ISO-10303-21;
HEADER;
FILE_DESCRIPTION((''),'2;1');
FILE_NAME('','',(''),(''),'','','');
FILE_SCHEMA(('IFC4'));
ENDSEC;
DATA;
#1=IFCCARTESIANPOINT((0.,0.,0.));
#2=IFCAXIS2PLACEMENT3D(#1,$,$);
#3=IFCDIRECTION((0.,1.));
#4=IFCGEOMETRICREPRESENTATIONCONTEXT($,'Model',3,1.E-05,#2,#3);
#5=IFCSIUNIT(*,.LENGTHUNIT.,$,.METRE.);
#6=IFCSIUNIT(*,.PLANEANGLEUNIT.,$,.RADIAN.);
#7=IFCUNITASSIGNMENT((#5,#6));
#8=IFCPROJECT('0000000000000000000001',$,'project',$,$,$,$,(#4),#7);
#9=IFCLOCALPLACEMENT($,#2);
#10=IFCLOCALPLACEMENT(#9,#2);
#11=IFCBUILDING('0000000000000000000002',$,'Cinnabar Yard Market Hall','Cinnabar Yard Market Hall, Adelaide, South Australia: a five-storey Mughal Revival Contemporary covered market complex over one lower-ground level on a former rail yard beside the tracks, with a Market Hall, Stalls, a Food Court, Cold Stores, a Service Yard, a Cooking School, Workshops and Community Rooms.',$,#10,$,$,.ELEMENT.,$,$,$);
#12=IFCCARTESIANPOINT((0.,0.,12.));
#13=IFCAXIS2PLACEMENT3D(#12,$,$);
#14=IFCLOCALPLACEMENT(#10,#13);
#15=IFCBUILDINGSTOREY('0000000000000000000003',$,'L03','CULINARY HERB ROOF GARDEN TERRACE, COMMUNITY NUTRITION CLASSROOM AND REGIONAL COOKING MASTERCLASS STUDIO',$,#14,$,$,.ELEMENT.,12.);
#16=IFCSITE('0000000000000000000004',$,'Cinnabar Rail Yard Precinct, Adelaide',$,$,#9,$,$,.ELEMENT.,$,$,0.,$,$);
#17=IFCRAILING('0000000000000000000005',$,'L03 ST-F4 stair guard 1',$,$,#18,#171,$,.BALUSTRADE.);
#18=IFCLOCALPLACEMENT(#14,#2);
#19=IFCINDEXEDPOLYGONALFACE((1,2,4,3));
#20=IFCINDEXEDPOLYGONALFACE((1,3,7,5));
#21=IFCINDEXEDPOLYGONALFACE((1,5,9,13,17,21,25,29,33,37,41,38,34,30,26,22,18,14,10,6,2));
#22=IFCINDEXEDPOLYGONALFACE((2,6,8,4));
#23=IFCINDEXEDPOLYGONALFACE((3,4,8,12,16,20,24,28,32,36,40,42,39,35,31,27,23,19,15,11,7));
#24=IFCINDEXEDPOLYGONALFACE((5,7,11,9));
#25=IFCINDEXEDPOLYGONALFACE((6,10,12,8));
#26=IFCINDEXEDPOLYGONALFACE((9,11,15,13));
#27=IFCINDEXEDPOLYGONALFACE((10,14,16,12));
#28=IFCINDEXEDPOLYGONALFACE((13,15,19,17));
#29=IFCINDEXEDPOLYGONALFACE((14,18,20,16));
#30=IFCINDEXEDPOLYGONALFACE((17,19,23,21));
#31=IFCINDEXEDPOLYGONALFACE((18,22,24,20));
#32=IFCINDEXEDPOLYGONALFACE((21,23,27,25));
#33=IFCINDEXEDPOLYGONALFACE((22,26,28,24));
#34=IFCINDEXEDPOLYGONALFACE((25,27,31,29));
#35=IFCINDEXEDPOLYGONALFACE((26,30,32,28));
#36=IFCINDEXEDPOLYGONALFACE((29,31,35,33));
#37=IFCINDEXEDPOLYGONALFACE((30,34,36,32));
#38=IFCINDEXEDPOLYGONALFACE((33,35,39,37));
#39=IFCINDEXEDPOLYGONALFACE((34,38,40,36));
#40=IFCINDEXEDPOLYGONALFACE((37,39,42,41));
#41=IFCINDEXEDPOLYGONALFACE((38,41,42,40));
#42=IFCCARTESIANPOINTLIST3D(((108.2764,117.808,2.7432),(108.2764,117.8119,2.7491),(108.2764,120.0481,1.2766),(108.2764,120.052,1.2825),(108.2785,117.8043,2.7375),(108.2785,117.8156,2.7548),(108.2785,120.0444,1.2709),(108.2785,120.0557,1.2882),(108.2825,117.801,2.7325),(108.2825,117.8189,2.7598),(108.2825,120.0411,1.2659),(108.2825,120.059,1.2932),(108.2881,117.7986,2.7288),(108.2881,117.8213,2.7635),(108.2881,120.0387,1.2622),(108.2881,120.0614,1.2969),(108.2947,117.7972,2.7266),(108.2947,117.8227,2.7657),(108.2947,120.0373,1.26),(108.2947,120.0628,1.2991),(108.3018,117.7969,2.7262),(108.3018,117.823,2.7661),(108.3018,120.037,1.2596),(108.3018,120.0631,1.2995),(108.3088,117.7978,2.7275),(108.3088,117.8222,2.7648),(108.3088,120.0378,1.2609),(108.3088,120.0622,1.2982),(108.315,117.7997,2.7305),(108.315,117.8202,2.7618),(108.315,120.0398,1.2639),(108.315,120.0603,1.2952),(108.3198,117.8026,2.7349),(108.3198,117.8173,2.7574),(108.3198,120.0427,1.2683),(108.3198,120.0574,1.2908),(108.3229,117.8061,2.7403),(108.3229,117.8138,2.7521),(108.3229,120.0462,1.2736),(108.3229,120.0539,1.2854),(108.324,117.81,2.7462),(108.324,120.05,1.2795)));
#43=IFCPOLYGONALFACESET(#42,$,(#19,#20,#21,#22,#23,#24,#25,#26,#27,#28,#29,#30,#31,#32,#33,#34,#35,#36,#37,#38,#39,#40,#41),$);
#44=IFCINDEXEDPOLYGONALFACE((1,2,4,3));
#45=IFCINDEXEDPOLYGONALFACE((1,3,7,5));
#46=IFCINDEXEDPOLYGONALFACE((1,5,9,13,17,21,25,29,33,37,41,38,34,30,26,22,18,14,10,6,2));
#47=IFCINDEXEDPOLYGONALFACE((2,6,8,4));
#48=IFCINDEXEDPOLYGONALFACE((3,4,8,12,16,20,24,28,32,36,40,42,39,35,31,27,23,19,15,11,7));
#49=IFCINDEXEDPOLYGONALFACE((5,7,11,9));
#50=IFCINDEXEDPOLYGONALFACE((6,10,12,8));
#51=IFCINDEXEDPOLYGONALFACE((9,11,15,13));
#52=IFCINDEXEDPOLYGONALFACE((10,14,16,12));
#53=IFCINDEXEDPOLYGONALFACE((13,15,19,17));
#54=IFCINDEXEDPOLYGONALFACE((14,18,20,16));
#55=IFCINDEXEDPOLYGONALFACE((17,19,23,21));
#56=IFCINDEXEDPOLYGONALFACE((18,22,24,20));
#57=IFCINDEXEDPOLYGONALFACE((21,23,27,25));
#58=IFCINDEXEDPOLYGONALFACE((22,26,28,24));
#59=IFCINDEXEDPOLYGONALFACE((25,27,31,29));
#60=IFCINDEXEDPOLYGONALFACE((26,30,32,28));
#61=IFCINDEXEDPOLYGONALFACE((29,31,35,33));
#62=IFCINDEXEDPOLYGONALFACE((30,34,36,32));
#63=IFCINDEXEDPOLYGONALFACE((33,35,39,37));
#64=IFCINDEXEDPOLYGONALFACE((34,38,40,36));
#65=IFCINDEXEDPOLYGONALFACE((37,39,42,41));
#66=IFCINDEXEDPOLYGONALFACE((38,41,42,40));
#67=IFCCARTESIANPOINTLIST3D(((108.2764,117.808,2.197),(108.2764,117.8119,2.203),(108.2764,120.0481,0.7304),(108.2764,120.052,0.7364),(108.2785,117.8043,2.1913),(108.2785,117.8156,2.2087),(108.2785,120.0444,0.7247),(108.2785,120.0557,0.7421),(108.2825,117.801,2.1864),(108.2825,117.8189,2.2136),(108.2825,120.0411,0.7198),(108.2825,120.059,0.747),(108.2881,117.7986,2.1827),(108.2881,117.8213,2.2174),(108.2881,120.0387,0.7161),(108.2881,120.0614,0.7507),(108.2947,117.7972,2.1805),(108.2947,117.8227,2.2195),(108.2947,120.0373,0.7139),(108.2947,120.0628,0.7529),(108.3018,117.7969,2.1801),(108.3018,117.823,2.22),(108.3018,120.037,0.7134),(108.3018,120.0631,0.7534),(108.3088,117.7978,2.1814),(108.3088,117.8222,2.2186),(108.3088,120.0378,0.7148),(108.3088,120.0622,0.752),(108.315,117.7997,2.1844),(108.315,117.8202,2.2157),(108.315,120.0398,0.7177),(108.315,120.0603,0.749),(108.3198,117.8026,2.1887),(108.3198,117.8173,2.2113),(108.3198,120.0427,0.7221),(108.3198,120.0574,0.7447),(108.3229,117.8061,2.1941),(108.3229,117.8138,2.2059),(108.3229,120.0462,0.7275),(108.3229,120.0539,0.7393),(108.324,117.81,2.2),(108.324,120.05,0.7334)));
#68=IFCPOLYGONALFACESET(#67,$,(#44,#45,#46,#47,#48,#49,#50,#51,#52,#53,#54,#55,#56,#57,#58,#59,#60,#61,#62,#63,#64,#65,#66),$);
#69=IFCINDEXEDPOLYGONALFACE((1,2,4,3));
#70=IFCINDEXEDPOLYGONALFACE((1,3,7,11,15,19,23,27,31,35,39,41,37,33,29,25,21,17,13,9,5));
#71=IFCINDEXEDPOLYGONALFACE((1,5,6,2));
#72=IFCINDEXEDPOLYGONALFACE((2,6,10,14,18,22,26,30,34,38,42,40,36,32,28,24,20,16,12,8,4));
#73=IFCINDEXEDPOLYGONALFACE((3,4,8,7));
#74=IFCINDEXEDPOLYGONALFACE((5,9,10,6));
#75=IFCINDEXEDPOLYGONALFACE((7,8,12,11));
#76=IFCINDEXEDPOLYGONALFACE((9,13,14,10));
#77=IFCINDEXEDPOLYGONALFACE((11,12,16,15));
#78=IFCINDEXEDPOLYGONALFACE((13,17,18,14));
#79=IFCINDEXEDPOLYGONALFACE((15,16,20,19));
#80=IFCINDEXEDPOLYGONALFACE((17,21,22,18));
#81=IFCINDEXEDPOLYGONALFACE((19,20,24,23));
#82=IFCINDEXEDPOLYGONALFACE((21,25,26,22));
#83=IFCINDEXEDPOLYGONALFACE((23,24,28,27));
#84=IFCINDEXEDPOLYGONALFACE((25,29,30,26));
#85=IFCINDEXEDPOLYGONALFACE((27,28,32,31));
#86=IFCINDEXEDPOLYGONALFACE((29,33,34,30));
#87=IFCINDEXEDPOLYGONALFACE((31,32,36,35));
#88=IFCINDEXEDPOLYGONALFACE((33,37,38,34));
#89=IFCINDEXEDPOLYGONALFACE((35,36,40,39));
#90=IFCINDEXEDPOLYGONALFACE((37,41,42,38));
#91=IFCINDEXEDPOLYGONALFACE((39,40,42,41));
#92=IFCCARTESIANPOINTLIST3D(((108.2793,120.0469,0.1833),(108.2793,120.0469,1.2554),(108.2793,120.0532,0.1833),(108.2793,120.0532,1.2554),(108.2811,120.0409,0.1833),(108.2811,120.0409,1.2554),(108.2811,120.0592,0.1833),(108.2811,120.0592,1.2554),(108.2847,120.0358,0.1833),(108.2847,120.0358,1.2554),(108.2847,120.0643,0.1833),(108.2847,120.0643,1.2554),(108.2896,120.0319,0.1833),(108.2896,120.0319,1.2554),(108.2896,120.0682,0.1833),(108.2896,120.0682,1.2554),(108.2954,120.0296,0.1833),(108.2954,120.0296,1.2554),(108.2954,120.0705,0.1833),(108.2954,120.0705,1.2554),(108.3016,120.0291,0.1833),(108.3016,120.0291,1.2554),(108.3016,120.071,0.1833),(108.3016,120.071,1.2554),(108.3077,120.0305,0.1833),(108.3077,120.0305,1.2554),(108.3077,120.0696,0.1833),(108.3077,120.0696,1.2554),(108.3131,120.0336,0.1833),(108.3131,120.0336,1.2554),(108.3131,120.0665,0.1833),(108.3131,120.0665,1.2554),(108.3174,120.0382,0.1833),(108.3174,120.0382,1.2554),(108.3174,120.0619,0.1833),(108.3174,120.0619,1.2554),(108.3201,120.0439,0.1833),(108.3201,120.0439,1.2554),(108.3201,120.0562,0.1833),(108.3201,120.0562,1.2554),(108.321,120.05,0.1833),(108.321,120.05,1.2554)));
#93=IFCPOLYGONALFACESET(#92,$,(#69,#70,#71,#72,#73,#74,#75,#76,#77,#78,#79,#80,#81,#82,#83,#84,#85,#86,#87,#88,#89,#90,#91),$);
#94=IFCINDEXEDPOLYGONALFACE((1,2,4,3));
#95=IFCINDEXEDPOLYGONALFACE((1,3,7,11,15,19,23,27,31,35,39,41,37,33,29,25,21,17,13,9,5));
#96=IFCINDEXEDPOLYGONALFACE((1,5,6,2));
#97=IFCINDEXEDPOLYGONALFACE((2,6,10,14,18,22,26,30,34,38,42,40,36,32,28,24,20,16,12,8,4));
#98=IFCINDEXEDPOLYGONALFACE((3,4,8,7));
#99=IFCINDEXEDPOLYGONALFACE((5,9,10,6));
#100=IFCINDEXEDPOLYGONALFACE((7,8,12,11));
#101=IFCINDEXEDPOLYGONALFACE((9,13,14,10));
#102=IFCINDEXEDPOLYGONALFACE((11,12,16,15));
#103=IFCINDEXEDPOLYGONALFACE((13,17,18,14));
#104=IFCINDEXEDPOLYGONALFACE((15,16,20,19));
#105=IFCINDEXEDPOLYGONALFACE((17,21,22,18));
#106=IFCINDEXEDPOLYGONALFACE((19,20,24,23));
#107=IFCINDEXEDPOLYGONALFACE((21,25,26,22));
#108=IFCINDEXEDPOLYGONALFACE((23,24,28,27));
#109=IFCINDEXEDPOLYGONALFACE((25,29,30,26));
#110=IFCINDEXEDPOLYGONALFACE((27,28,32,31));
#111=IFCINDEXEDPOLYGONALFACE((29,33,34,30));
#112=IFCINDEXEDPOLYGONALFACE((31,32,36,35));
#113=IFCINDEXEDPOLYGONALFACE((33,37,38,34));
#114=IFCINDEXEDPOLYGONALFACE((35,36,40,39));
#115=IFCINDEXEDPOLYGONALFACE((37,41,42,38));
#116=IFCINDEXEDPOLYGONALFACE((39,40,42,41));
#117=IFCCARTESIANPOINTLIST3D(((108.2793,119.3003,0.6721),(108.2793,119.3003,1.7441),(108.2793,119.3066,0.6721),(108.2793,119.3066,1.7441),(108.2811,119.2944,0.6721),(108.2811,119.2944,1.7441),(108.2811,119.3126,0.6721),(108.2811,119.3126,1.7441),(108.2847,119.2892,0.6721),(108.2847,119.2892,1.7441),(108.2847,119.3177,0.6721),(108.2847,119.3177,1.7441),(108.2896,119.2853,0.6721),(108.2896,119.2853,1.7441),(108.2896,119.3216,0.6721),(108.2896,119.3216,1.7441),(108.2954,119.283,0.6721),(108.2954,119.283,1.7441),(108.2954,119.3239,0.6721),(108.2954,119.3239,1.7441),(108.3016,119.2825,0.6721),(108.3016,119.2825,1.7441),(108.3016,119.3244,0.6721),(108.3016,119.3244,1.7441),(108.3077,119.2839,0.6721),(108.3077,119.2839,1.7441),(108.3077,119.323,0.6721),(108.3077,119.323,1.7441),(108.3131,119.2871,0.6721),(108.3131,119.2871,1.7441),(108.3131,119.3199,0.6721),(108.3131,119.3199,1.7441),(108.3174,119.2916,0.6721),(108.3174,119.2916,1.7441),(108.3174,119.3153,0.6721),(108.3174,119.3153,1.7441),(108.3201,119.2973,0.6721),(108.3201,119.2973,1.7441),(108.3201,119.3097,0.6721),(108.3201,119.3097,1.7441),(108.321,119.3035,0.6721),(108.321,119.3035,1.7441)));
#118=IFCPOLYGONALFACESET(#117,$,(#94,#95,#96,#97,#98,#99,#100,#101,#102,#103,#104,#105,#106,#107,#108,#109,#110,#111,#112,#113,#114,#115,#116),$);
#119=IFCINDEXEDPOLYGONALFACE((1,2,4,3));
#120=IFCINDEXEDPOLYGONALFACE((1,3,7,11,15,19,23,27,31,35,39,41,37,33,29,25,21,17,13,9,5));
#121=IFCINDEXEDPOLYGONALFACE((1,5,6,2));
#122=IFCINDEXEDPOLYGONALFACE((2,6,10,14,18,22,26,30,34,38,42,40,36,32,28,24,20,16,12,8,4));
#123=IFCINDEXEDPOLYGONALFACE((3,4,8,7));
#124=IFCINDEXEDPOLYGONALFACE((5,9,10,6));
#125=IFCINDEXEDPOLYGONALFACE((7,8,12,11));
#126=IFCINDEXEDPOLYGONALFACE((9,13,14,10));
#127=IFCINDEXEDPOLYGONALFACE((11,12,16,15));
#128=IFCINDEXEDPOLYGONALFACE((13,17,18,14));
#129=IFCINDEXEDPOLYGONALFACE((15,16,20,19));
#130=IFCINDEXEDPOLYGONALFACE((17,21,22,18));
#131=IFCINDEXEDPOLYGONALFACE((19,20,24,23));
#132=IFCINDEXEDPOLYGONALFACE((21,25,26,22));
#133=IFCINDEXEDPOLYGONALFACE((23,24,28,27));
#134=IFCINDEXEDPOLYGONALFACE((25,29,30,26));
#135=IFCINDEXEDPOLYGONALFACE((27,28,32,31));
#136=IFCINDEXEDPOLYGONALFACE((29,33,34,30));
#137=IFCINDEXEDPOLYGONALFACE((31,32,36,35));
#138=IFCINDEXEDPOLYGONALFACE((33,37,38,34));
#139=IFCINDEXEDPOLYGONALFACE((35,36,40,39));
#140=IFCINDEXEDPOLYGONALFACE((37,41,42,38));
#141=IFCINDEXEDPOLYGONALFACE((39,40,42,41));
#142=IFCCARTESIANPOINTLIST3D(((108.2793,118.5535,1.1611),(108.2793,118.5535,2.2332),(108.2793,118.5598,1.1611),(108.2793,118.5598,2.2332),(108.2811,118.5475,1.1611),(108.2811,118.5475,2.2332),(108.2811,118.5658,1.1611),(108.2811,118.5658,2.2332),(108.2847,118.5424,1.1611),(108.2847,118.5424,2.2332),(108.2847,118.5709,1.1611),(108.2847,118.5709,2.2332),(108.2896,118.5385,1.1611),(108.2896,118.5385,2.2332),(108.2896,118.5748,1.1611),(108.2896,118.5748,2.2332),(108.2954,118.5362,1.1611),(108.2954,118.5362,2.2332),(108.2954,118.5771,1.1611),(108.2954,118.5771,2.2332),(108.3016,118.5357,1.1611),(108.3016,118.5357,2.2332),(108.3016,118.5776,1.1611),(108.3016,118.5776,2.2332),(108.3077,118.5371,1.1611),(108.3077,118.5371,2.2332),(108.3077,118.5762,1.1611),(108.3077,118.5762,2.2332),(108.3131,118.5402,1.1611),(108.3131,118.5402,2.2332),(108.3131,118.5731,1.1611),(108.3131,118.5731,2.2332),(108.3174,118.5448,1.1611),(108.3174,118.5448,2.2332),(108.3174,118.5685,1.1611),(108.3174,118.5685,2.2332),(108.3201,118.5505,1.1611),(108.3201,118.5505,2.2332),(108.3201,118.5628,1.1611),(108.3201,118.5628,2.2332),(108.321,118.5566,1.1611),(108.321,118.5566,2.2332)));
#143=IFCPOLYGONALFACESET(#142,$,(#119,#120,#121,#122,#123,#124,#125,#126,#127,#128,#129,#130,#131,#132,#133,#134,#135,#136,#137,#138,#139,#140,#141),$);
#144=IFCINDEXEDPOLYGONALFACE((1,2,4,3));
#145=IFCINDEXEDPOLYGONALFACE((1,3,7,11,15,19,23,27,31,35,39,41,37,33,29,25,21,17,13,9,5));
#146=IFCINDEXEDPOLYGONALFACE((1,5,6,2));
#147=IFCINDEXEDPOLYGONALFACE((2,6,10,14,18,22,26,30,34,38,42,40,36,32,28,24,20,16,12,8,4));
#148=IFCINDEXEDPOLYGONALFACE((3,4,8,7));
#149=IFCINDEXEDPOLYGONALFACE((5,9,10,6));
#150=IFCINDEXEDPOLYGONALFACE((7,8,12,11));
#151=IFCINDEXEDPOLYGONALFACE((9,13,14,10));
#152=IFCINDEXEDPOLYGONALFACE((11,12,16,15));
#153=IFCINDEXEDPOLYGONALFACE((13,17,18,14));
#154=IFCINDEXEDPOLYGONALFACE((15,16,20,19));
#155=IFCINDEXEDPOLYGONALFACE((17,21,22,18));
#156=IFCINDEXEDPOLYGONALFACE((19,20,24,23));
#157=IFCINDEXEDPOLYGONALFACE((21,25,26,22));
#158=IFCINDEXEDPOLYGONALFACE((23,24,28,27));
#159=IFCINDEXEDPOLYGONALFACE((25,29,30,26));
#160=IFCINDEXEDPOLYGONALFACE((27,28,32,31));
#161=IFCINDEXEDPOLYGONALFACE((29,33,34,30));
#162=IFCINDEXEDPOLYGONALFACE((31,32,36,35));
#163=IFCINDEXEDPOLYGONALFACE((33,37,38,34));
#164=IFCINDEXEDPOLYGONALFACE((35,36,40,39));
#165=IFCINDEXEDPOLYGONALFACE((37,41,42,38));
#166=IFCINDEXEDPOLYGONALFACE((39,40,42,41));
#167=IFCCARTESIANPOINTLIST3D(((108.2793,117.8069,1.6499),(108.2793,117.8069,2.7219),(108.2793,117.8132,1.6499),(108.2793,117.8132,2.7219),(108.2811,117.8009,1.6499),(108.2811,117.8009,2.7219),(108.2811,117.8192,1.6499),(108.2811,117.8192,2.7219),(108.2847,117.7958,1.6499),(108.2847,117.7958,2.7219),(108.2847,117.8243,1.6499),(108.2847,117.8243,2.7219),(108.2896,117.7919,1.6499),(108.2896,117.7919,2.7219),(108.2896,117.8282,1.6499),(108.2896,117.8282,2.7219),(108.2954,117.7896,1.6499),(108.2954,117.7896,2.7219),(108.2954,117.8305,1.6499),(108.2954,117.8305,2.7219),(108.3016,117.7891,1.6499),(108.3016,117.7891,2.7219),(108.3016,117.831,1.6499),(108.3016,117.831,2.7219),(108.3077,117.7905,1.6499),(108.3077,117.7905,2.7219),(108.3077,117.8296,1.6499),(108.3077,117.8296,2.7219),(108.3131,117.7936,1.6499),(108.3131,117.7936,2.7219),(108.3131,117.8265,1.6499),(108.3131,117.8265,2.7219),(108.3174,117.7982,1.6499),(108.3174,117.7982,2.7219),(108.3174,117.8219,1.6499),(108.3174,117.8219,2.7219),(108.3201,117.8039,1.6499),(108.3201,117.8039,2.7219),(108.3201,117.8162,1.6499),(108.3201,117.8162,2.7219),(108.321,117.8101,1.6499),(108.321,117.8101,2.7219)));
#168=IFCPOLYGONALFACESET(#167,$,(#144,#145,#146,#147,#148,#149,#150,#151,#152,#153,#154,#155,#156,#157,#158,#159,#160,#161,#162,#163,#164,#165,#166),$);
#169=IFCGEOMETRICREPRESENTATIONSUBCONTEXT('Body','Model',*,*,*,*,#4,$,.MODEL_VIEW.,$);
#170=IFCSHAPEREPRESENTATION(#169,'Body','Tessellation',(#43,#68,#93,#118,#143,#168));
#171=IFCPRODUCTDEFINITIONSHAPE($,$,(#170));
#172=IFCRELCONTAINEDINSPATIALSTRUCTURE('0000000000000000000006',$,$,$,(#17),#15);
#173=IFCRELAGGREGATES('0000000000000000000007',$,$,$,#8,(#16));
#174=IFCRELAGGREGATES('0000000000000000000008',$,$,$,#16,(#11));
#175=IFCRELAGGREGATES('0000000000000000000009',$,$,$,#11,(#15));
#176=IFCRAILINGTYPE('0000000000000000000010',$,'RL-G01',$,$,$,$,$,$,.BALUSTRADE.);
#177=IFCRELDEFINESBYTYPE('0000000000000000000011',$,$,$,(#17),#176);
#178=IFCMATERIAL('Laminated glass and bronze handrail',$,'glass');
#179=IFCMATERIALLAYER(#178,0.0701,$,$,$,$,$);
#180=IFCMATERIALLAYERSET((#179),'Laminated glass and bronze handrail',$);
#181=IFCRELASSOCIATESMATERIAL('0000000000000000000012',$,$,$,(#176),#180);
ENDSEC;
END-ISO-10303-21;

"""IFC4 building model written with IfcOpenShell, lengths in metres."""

from ifc_helpers import new_model, si_unit, direction, frame, origin, origin_2d_with_axis, place, context, subcontext, project, spatial, circle, extrude, material, layer, layer_set, type_object, element, save


model = new_model("IFC4")

# Units and contexts
model_context = context("Model", 3, precision=1e-05, world=origin(), true_north=direction((0.0, 1.0)))
body_context = subcontext(model_context, "Body", "Model", "MODEL_VIEW")
ifc_project = project(units=[si_unit("LENGTHUNIT", "METRE"), si_unit("PLANEANGLEUNIT", "RADIAN")], contexts=[model_context])

# Site, building, storey
site_placement = place(None, origin())
site = spatial("IfcSite", under=ifc_project, at=site_placement, Name="Cinnabar Rail Yard Precinct, Adelaide", CompositionType="ELEMENT", RefElevation=0.0)
building_placement = place(site_placement, origin())
building = spatial("IfcBuilding", under=site, at=building_placement, Name="Cinnabar Yard Market Hall", Description="Cinnabar Yard Market Hall, Adelaide, South Australia: a five-storey Mughal Revival Contemporary covered market complex over one lower-ground level on a former rail yard beside the tracks, with a Market Hall, Stalls, a Food Court, Cold Stores, a Service Yard, a Cooking School, Workshops and Community Rooms.", CompositionType="ELEMENT")
storey_placement = place(building_placement, frame((0.0, 0.0, 12.0)))
storey = spatial("IfcBuildingStorey", under=building, at=storey_placement, Name="L03", Description="CULINARY HERB ROOF GARDEN TERRACE, COMMUNITY NUTRITION CLASSROOM AND REGIONAL COOKING MASTERCLASS STUDIO", CompositionType="ELEMENT", Elevation=12.0)

# Railing
ifc_material_1 = material(Name="Laminated glass and bronze handrail", Category="glass")
ifc_layer_1 = layer(ifc_material_1, 0.0701)
ifc_layer_set_1 = layer_set([ifc_layer_1], Name="Laminated glass and bronze handrail")
railing_type_1 = type_object("IfcRailingType", Name="RL-G01", PredefinedType="BALUSTRADE", material=ifc_layer_set_1)
railing_1_placement = place(storey_placement, frame((108.3, 120.05, 0.1833)))
element("IfcRailing", 1, at=railing_1_placement, inside=storey, type_object=railing_type_1, Name="L03 ST-F4 stair guard 1", PredefinedType="BALUSTRADE", context=body_context, shape_type="SweptSolid", body=[
    extrude(circle(Radius=0.0239, at=origin_2d_with_axis()), frame((0.0, 0.0, 1.0962), z_axis=(0.0, -0.836637, 0.547758), x_axis=(1.0, 0.0, 0.0)), (0.0, 0.0, 1.0), 2.6775),
    extrude(circle(Radius=0.0239, at=origin_2d_with_axis()), frame((0.0, 0.0, 0.55), z_axis=(0.0, -0.836637, 0.547758), x_axis=(1.0, 0.0, 0.0)), (0.0, 0.0, 1.0), 2.6775),
    extrude(circle(Radius=0.021, at=origin_2d_with_axis()), origin(), (0.0, 0.0, 1.0), 1.072),
    extrude(circle(Radius=0.021, at=origin_2d_with_axis()), frame((0.0, -0.7466, 0.4888)), (0.0, 0.0, 1.0), 1.072),
    extrude(circle(Radius=0.021, at=origin_2d_with_axis()), frame((0.0, -1.4934, 0.9778)), (0.0, 0.0, 1.0), 1.072),
    extrude(circle(Radius=0.021, at=origin_2d_with_axis()), frame((0.0, -2.24, 1.4666)), (0.0, 0.0, 1.0), 1.072),
])

save(model, "model.ifc")
